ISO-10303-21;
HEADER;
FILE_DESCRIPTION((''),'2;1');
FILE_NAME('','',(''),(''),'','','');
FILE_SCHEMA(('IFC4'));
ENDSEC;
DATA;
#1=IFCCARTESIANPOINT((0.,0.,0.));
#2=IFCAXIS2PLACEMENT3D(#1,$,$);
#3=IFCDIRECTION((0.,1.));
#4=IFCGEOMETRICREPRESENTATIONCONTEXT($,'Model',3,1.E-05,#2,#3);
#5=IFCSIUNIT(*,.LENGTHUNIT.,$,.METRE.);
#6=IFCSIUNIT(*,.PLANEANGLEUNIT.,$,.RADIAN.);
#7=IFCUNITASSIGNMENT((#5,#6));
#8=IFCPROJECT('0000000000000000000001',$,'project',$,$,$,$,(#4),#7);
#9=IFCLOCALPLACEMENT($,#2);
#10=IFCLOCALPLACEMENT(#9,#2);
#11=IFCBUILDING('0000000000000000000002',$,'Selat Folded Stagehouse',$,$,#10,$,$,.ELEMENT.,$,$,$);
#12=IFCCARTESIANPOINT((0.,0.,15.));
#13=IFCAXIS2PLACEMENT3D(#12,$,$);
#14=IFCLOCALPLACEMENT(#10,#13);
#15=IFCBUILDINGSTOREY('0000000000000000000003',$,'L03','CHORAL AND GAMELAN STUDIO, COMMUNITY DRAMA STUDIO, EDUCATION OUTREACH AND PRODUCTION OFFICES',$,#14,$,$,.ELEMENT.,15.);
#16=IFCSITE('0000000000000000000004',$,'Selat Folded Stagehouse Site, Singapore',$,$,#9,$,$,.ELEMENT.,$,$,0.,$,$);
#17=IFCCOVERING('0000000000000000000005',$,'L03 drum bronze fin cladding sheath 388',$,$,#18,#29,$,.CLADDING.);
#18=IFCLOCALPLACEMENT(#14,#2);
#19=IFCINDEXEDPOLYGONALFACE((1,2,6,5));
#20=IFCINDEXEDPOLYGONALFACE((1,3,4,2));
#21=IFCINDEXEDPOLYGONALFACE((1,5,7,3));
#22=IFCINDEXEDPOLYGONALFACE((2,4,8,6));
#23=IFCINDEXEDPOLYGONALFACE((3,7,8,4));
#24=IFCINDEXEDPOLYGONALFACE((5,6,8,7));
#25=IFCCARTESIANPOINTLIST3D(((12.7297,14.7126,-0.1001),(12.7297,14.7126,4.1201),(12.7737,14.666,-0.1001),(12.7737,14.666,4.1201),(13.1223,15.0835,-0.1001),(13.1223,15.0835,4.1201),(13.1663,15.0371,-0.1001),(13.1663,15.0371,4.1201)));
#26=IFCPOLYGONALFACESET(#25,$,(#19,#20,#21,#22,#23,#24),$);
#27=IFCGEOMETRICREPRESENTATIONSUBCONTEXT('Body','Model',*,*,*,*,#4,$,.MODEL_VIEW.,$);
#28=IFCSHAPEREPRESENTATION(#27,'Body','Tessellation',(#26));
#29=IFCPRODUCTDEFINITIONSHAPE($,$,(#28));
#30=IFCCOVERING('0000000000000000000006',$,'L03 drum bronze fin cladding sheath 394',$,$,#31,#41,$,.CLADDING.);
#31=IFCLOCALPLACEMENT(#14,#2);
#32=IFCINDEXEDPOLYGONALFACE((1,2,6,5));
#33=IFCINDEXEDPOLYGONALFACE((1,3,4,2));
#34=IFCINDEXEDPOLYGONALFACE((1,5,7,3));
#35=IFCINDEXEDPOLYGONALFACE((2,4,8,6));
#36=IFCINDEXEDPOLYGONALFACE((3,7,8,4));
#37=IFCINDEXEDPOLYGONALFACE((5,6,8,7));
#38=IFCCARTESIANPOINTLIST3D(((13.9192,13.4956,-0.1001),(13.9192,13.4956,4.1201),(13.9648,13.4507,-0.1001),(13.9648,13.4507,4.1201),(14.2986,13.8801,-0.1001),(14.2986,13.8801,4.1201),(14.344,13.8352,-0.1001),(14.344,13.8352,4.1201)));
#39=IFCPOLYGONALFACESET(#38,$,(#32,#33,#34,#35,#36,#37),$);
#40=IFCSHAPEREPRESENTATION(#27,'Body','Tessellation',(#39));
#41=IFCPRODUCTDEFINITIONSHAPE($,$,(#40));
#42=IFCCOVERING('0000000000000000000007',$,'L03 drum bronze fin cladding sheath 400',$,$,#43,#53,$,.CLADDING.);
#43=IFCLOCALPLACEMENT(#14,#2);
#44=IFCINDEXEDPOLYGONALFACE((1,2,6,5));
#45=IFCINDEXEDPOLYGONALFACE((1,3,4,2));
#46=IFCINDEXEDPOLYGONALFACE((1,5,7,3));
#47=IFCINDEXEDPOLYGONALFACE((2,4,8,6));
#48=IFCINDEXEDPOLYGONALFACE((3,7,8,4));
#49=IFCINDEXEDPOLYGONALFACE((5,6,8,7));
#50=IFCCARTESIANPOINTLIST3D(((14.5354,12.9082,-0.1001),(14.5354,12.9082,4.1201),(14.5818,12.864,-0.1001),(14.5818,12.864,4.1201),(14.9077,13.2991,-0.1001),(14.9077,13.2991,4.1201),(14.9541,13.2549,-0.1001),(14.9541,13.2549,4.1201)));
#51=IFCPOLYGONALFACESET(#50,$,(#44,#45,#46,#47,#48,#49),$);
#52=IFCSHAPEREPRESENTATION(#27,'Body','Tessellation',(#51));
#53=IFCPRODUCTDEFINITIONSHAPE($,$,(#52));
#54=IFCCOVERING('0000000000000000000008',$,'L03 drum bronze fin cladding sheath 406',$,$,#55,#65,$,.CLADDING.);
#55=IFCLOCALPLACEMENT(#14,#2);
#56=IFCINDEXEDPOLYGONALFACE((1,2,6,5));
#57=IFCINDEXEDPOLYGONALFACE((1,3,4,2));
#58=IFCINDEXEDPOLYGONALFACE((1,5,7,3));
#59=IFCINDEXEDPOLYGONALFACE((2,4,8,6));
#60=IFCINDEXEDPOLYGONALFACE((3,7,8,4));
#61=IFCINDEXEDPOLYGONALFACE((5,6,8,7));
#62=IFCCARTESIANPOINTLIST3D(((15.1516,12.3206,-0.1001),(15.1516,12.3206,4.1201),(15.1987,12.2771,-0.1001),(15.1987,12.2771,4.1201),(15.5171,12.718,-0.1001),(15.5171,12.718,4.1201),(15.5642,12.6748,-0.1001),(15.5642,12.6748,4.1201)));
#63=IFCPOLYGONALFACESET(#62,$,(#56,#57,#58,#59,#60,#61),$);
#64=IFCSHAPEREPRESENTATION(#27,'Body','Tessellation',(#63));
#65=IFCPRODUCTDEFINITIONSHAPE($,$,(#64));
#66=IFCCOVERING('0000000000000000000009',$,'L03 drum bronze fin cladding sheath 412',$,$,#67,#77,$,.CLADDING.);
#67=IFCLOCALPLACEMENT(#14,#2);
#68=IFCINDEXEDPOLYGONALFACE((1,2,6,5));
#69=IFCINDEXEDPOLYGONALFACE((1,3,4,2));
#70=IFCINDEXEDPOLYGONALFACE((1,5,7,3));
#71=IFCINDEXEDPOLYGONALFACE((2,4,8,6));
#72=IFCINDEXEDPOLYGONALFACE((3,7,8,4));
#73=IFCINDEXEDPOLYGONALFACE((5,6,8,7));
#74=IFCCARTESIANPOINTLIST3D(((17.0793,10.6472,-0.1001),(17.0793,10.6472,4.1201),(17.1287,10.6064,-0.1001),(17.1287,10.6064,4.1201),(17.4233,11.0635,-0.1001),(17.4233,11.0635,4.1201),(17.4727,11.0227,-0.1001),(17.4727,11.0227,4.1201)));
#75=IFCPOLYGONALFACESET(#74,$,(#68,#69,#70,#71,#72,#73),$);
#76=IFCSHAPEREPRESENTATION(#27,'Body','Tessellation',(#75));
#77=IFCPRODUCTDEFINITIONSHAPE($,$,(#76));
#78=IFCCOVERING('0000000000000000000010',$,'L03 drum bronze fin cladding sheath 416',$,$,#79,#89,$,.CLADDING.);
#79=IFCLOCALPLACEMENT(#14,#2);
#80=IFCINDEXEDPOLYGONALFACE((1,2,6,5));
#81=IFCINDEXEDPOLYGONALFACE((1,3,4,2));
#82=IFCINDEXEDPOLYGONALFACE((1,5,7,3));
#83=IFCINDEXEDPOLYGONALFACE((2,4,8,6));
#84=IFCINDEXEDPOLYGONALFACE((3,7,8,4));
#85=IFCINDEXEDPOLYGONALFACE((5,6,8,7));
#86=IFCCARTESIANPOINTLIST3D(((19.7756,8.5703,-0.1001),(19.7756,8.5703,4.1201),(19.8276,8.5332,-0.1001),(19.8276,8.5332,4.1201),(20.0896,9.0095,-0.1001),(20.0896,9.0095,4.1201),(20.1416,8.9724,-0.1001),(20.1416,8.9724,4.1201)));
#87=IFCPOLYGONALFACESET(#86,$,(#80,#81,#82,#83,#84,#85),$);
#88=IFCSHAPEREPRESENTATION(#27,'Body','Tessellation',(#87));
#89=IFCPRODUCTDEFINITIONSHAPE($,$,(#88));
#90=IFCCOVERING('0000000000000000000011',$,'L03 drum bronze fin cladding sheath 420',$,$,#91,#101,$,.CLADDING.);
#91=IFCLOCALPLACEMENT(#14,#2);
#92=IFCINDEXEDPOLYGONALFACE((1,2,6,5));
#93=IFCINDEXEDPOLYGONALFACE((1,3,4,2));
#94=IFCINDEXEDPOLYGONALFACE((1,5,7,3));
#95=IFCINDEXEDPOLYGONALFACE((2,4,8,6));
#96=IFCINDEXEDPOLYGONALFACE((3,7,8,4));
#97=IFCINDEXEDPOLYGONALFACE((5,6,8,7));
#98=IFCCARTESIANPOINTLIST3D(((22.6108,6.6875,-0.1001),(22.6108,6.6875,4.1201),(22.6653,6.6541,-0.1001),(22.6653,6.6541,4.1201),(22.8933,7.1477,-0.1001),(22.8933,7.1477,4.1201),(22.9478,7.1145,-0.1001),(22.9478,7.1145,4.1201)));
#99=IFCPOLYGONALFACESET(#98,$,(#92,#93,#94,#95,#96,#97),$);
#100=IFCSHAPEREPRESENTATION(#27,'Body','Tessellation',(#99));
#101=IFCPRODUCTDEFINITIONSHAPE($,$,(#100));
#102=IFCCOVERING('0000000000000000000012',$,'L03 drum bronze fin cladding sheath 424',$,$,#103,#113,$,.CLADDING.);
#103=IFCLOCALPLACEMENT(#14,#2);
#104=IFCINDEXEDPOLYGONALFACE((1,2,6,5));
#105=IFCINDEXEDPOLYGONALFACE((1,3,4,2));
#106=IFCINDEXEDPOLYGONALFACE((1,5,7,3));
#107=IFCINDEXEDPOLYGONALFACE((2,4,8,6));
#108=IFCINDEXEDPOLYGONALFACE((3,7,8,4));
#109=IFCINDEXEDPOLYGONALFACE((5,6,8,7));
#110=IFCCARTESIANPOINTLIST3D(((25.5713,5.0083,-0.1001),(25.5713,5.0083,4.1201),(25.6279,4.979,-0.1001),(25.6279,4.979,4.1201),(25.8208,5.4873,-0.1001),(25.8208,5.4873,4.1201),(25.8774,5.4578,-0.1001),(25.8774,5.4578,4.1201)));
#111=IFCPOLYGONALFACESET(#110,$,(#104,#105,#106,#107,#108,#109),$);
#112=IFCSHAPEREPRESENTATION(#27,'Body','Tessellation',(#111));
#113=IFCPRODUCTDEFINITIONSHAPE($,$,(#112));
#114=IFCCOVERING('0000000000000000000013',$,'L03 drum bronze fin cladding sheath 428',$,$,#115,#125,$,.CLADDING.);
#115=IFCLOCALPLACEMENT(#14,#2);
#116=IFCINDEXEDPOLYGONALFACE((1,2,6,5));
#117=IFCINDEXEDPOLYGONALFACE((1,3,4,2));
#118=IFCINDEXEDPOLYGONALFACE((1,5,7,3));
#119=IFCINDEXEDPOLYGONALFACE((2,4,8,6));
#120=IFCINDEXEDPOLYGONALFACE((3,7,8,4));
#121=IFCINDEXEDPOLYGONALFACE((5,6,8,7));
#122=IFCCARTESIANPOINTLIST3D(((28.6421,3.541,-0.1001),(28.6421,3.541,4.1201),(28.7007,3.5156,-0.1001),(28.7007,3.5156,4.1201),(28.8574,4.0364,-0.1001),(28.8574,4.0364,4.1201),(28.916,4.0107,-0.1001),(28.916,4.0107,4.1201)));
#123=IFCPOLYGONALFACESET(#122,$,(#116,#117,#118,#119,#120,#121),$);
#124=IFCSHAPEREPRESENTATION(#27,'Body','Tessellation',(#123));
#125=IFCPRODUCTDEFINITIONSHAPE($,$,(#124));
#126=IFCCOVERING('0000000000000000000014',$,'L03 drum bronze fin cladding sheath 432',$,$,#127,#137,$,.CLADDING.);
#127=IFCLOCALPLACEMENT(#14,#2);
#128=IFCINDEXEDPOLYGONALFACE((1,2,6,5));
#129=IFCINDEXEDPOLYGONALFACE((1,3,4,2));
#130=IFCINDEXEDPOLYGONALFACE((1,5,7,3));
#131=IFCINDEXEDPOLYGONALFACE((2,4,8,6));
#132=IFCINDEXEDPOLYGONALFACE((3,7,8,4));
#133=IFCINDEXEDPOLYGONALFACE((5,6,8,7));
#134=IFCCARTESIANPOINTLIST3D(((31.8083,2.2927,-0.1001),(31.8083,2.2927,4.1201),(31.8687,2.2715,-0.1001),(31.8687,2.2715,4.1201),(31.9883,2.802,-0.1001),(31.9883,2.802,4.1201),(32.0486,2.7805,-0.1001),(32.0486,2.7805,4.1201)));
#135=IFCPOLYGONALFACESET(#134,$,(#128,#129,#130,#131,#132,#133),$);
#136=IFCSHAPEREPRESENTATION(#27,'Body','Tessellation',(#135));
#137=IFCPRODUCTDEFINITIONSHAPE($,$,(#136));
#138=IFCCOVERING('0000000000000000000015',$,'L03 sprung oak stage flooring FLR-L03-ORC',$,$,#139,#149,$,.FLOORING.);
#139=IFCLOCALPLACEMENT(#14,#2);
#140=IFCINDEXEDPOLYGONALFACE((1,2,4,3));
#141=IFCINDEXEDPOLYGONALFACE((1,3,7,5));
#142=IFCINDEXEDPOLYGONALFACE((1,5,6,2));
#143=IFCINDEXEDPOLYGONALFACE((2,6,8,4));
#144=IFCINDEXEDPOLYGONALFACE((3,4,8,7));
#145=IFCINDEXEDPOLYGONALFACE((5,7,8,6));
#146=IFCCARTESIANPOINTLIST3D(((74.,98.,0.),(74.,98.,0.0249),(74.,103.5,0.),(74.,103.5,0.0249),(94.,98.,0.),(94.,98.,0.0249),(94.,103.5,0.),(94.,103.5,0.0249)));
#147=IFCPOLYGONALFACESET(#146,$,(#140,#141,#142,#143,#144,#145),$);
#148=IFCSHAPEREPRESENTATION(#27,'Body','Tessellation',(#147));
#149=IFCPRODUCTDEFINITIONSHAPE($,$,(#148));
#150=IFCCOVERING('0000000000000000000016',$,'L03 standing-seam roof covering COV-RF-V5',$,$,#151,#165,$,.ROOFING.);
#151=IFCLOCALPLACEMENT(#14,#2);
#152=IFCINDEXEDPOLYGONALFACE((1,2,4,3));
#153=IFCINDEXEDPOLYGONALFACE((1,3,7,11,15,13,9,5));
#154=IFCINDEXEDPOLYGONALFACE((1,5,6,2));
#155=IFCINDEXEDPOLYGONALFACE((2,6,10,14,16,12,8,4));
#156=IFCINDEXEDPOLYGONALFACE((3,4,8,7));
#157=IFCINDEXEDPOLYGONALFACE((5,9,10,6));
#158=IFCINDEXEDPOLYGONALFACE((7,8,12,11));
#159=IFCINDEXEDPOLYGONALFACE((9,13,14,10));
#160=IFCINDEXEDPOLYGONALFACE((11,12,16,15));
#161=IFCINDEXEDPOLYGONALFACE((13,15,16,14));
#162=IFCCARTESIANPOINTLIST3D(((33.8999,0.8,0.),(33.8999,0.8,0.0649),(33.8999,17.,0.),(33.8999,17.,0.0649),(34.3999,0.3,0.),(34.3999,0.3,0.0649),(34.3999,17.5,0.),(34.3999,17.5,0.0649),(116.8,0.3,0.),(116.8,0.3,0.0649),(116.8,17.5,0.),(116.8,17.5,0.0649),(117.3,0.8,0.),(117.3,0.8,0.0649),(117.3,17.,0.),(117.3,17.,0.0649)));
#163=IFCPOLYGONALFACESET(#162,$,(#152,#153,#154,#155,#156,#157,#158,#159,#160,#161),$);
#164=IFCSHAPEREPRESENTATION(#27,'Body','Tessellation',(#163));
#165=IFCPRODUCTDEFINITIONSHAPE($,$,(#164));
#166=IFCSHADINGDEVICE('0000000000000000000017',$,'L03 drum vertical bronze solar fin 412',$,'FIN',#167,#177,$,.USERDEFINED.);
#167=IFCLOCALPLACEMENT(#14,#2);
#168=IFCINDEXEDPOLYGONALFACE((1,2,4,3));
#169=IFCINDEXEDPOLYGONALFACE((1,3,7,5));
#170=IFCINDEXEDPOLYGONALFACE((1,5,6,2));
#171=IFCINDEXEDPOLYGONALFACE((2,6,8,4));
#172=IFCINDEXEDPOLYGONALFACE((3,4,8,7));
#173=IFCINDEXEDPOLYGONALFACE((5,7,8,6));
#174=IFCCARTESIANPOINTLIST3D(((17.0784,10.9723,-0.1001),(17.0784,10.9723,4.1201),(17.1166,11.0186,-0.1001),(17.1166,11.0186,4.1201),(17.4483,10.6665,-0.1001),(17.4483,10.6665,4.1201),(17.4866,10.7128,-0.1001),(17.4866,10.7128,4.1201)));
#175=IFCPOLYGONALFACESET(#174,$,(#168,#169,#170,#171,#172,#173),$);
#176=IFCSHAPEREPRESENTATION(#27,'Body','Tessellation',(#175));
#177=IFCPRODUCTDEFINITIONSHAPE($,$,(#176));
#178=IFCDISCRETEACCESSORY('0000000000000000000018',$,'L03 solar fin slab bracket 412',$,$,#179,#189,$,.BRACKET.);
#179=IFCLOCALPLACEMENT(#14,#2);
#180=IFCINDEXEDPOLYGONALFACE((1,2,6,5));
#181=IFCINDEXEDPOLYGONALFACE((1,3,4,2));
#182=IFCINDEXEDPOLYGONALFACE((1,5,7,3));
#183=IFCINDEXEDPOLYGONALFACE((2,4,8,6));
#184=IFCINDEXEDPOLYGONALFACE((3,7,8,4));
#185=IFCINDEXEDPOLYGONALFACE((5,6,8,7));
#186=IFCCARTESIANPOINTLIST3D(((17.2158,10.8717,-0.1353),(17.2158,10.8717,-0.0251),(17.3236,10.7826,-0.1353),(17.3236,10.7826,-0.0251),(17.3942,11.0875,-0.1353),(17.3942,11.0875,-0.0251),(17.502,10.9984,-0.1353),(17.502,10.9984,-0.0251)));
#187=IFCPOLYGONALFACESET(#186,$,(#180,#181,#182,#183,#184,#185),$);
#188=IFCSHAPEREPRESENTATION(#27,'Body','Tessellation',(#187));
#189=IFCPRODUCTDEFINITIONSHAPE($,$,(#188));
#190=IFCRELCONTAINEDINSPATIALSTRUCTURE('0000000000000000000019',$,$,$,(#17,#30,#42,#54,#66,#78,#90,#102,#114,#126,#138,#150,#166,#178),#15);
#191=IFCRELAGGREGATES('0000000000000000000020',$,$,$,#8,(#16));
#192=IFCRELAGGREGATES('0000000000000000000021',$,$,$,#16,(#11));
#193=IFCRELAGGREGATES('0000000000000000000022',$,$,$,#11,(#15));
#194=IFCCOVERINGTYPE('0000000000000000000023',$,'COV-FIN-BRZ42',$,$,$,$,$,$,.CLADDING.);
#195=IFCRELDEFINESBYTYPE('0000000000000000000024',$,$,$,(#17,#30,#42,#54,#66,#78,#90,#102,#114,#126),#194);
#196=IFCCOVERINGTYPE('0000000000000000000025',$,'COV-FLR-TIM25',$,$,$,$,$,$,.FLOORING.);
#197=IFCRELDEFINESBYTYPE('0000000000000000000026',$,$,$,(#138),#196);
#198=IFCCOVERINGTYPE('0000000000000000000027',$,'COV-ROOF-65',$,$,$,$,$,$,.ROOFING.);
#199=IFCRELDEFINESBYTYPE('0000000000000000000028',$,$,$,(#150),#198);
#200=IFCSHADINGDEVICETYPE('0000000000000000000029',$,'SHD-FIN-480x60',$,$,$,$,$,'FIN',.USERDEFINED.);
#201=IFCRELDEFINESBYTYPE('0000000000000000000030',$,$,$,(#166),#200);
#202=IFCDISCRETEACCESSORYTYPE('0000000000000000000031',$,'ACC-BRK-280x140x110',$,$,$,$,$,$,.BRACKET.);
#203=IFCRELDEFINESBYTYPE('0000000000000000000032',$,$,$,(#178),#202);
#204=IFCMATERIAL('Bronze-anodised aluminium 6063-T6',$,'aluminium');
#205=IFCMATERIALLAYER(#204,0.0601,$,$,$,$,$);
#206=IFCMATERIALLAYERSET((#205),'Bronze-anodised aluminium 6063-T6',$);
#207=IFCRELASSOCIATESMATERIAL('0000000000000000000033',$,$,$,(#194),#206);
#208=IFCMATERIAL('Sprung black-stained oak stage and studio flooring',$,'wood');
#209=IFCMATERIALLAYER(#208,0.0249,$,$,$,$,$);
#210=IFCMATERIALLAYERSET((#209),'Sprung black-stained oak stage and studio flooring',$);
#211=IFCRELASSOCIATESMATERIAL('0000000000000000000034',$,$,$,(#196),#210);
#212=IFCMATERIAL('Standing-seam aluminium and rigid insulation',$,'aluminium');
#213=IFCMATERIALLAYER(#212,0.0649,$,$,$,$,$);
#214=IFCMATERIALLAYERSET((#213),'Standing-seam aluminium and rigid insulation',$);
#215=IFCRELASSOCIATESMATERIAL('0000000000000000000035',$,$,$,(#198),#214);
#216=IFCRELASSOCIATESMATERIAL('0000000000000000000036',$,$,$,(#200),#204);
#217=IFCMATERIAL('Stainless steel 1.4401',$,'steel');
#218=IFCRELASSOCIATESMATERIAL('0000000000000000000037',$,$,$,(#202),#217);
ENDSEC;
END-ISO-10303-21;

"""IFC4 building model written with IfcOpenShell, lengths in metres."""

from ifc_helpers import new_model, si_unit, direction, frame, origin, origin_2d, place, context, subcontext, project, spatial, polyline, rectangle, outline, extrude, material, layer, layer_set, material_profile, profile_set, type_object, element, save


model = new_model("IFC4")

# Units and contexts
model_context = context("Model", 3, precision=1e-05, world=origin(), true_north=direction((0.0, 1.0)))
body_context = subcontext(model_context, "Body", "Model", "MODEL_VIEW")
ifc_project = project(units=[si_unit("LENGTHUNIT", "METRE"), si_unit("PLANEANGLEUNIT", "RADIAN")], contexts=[model_context])

# Site, building, storey
site_placement = place(None, origin())
site = spatial("IfcSite", under=ifc_project, at=site_placement, Name="Selat Folded Stagehouse Site, Singapore", CompositionType="ELEMENT", RefElevation=0.0)
building_placement = place(site_placement, origin())
building = spatial("IfcBuilding", under=site, at=building_placement, Name="Selat Folded Stagehouse", CompositionType="ELEMENT")
storey_placement = place(building_placement, frame((0.0, 0.0, 15.0)))
storey = spatial("IfcBuildingStorey", under=building, at=storey_placement, Name="L03", Description="CHORAL AND GAMELAN STUDIO, COMMUNITY DRAMA STUDIO, EDUCATION OUTREACH AND PRODUCTION OFFICES", CompositionType="ELEMENT", Elevation=15.0)

# Coverings
ifc_material_1 = material(Name="Bronze-anodised aluminium 6063-T6", Category="aluminium")
ifc_layer_1 = layer(ifc_material_1, 0.0601)
ifc_layer_set_1 = layer_set([ifc_layer_1], Name="Bronze-anodised aluminium 6063-T6")
covering_type_1 = type_object("IfcCoveringType", Name="COV-FIN-BRZ42", PredefinedType="CLADDING", material=ifc_layer_set_1)
covering_1_placement = place(storey_placement, frame((0.0, 0.0, -0.1001)))
element("IfcCovering", 1, at=covering_1_placement, inside=storey, type_object=covering_type_1, Name="L03 drum bronze fin cladding sheath 388", PredefinedType="CLADDING", context=body_context, shape_type="SweptSolid", body=[
    extrude(outline(polyline([(13.1223, 15.0835), (12.7297, 14.7126), (12.7737, 14.666), (13.1663, 15.0371), (13.1223, 15.0835)])), origin(), (0.0, 0.0, 1.0), 4.2202),
])
covering_2_placement = place(storey_placement, frame((0.0, 0.0, -0.1001)))
element("IfcCovering", 2, at=covering_2_placement, inside=storey, type_object=covering_type_1, Name="L03 drum bronze fin cladding sheath 394", PredefinedType="CLADDING", context=body_context, shape_type="SweptSolid", body=[
    extrude(outline(polyline([(14.2986, 13.8801), (13.9192, 13.4956), (13.9648, 13.4507), (14.344, 13.8352), (14.2986, 13.8801)])), origin(), (0.0, 0.0, 1.0), 4.2202),
])
covering_3_placement = place(storey_placement, frame((0.0, 0.0, -0.1001)))
element("IfcCovering", 3, at=covering_3_placement, inside=storey, type_object=covering_type_1, Name="L03 drum bronze fin cladding sheath 400", PredefinedType="CLADDING", context=body_context, shape_type="SweptSolid", body=[
    extrude(outline(polyline([(14.9077, 13.2991), (14.5354, 12.9082), (14.5818, 12.864), (14.9541, 13.2549), (14.9077, 13.2991)])), origin(), (0.0, 0.0, 1.0), 4.2202),
])
covering_4_placement = place(storey_placement, frame((0.0, 0.0, -0.1001)))
element("IfcCovering", 4, at=covering_4_placement, inside=storey, type_object=covering_type_1, Name="L03 drum bronze fin cladding sheath 406", PredefinedType="CLADDING", context=body_context, shape_type="SweptSolid", body=[
    extrude(outline(polyline([(15.5171, 12.718), (15.1516, 12.3206), (15.1987, 12.2771), (15.5642, 12.6748), (15.5171, 12.718)])), origin(), (0.0, 0.0, 1.0), 4.2202),
])
covering_5_placement = place(storey_placement, frame((0.0, 0.0, -0.1001)))
element("IfcCovering", 5, at=covering_5_placement, inside=storey, type_object=covering_type_1, Name="L03 drum bronze fin cladding sheath 412", PredefinedType="CLADDING", context=body_context, shape_type="SweptSolid", body=[
    extrude(outline(polyline([(17.4233, 11.0635), (17.0793, 10.6472), (17.1287, 10.6064), (17.4727, 11.0227), (17.4233, 11.0635)])), origin(), (0.0, 0.0, 1.0), 4.2202),
])
covering_6_placement = place(storey_placement, frame((0.0, 0.0, -0.1001)))
element("IfcCovering", 6, at=covering_6_placement, inside=storey, type_object=covering_type_1, Name="L03 drum bronze fin cladding sheath 416", PredefinedType="CLADDING", context=body_context, shape_type="SweptSolid", body=[
    extrude(outline(polyline([(20.0896, 9.0095), (19.7756, 8.5703), (19.8276, 8.5332), (20.1416, 8.9724), (20.0896, 9.0095)])), origin(), (0.0, 0.0, 1.0), 4.2202),
])
covering_7_placement = place(storey_placement, frame((0.0, 0.0, -0.1001)))
element("IfcCovering", 7, at=covering_7_placement, inside=storey, type_object=covering_type_1, Name="L03 drum bronze fin cladding sheath 420", PredefinedType="CLADDING", context=body_context, shape_type="SweptSolid", body=[
    extrude(outline(polyline([(22.8933, 7.1477), (22.6108, 6.6875), (22.6653, 6.6541), (22.9478, 7.1145), (22.8933, 7.1477)])), origin(), (0.0, 0.0, 1.0), 4.2202),
])
covering_8_placement = place(storey_placement, frame((0.0, 0.0, -0.1001)))
element("IfcCovering", 8, at=covering_8_placement, inside=storey, type_object=covering_type_1, Name="L03 drum bronze fin cladding sheath 424", PredefinedType="CLADDING", context=body_context, shape_type="SweptSolid", body=[
    extrude(outline(polyline([(25.8208, 5.4873), (25.5713, 5.0083), (25.6279, 4.979), (25.8774, 5.4578), (25.8208, 5.4873)])), origin(), (0.0, 0.0, 1.0), 4.2202),
])
covering_9_placement = place(storey_placement, frame((0.0, 0.0, -0.1001)))
element("IfcCovering", 9, at=covering_9_placement, inside=storey, type_object=covering_type_1, Name="L03 drum bronze fin cladding sheath 428", PredefinedType="CLADDING", context=body_context, shape_type="SweptSolid", body=[
    extrude(outline(polyline([(28.8574, 4.0364), (28.6421, 3.541), (28.7007, 3.5156), (28.916, 4.0107), (28.8574, 4.0364)])), origin(), (0.0, 0.0, 1.0), 4.2202),
])
covering_10_placement = place(storey_placement, frame((0.0, 0.0, -0.1001)))
element("IfcCovering", 10, at=covering_10_placement, inside=storey, type_object=covering_type_1, Name="L03 drum bronze fin cladding sheath 432", PredefinedType="CLADDING", context=body_context, shape_type="SweptSolid", body=[
    extrude(outline(polyline([(31.9883, 2.802), (31.8083, 2.2927), (31.8687, 2.2715), (32.0486, 2.7805), (31.9883, 2.802)])), origin(), (0.0, 0.0, 1.0), 4.2202),
])
ifc_material_2 = material(Name="Sprung black-stained oak stage and studio flooring", Category="wood")
ifc_layer_2 = layer(ifc_material_2, 0.0249)
ifc_layer_set_2 = layer_set([ifc_layer_2], Name="Sprung black-stained oak stage and studio flooring")
covering_type_2 = type_object("IfcCoveringType", Name="COV-FLR-TIM25", PredefinedType="FLOORING", material=ifc_layer_set_2)
covering_11_placement = place(storey_placement, origin())
element("IfcCovering", 11, at=covering_11_placement, inside=storey, type_object=covering_type_2, Name="L03 sprung oak stage flooring FLR-L03-ORC", PredefinedType="FLOORING", context=body_context, shape_type="SweptSolid", body=[
    extrude(outline(polyline([(74.0, 98.0), (94.0, 98.0), (94.0, 103.5), (74.0, 103.5), (74.0, 98.0)])), origin(), (0.0, 0.0, 1.0), 0.0249),
])
ifc_material_3 = material(Name="Standing-seam aluminium and rigid insulation", Category="aluminium")
ifc_layer_3 = layer(ifc_material_3, 0.0649)
ifc_layer_set_3 = layer_set([ifc_layer_3], Name="Standing-seam aluminium and rigid insulation")
covering_type_3 = type_object("IfcCoveringType", Name="COV-ROOF-65", PredefinedType="ROOFING", material=ifc_layer_set_3)
covering_12_placement = place(storey_placement, origin())
element("IfcCovering", 12, at=covering_12_placement, inside=storey, type_object=covering_type_3, Name="L03 standing-seam roof covering COV-RF-V5", PredefinedType="ROOFING", context=body_context, shape_type="SweptSolid", body=[
    extrude(outline(polyline([(34.3999, 0.3), (116.8, 0.3), (117.3, 0.8), (117.3, 17.0), (116.8, 17.5), (34.3999, 17.5), (33.8999, 17.0), (33.8999, 0.8), (34.3999, 0.3)])), origin(), (0.0, 0.0, 1.0), 0.0649),
])

# Shading device
ifc_material_profile_1 = material_profile(ifc_material_1, rectangle(XDim=0.0601, YDim=0.48, at=origin_2d()), Name="SOLAR-FIN 480x60")
ifc_profile_set_1 = profile_set([ifc_material_profile_1], Name="Bronze-anodised aluminium 6063-T6")
shading_device_type = type_object("IfcShadingDeviceType", Name="SHD-FIN-480x60", ElementType="FIN", PredefinedType="USERDEFINED", material=ifc_profile_set_1)
shading_device_placement = place(storey_placement, frame((17.2825, 10.8425, -0.1001), z_axis=(0.0, 0.0, 1.0), x_axis=(-0.637155, -0.770736, 0.0)))
element("IfcShadingDevice", 13, at=shading_device_placement, inside=storey, type_object=shading_device_type, Name="L03 drum vertical bronze solar fin 412", ObjectType="FIN", PredefinedType="USERDEFINED", context=body_context, shape_type="SweptSolid", body=[
    extrude(rectangle(XDim=0.0601, YDim=0.48, at=origin_2d()), origin(), (0.0, 0.0, 1.0), 4.2202),
])

# Discrete accessory
ifc_material_4 = material(Name="Stainless steel 1.4401", Category="steel")
discrete_accessory_type = type_object("IfcDiscreteAccessoryType", Name="ACC-BRK-280x140x110", PredefinedType="BRACKET", material=ifc_material_4)
discrete_accessory_placement = place(storey_placement, frame((17.3589, 10.9351, -0.1353), z_axis=(0.0, 0.0, 1.0), x_axis=(-0.637155, -0.770736, 0.0)))
element("IfcDiscreteAccessory", 14, at=discrete_accessory_placement, inside=storey, type_object=discrete_accessory_type, Name="L03 solar fin slab bracket 412", PredefinedType="BRACKET", context=body_context, shape_type="SweptSolid", body=[
    extrude(rectangle(XDim=0.28, YDim=0.1399, at=origin_2d()), origin(), (0.0, 0.0, 1.0), 0.1101),
])

save(model, "model.ifc")
